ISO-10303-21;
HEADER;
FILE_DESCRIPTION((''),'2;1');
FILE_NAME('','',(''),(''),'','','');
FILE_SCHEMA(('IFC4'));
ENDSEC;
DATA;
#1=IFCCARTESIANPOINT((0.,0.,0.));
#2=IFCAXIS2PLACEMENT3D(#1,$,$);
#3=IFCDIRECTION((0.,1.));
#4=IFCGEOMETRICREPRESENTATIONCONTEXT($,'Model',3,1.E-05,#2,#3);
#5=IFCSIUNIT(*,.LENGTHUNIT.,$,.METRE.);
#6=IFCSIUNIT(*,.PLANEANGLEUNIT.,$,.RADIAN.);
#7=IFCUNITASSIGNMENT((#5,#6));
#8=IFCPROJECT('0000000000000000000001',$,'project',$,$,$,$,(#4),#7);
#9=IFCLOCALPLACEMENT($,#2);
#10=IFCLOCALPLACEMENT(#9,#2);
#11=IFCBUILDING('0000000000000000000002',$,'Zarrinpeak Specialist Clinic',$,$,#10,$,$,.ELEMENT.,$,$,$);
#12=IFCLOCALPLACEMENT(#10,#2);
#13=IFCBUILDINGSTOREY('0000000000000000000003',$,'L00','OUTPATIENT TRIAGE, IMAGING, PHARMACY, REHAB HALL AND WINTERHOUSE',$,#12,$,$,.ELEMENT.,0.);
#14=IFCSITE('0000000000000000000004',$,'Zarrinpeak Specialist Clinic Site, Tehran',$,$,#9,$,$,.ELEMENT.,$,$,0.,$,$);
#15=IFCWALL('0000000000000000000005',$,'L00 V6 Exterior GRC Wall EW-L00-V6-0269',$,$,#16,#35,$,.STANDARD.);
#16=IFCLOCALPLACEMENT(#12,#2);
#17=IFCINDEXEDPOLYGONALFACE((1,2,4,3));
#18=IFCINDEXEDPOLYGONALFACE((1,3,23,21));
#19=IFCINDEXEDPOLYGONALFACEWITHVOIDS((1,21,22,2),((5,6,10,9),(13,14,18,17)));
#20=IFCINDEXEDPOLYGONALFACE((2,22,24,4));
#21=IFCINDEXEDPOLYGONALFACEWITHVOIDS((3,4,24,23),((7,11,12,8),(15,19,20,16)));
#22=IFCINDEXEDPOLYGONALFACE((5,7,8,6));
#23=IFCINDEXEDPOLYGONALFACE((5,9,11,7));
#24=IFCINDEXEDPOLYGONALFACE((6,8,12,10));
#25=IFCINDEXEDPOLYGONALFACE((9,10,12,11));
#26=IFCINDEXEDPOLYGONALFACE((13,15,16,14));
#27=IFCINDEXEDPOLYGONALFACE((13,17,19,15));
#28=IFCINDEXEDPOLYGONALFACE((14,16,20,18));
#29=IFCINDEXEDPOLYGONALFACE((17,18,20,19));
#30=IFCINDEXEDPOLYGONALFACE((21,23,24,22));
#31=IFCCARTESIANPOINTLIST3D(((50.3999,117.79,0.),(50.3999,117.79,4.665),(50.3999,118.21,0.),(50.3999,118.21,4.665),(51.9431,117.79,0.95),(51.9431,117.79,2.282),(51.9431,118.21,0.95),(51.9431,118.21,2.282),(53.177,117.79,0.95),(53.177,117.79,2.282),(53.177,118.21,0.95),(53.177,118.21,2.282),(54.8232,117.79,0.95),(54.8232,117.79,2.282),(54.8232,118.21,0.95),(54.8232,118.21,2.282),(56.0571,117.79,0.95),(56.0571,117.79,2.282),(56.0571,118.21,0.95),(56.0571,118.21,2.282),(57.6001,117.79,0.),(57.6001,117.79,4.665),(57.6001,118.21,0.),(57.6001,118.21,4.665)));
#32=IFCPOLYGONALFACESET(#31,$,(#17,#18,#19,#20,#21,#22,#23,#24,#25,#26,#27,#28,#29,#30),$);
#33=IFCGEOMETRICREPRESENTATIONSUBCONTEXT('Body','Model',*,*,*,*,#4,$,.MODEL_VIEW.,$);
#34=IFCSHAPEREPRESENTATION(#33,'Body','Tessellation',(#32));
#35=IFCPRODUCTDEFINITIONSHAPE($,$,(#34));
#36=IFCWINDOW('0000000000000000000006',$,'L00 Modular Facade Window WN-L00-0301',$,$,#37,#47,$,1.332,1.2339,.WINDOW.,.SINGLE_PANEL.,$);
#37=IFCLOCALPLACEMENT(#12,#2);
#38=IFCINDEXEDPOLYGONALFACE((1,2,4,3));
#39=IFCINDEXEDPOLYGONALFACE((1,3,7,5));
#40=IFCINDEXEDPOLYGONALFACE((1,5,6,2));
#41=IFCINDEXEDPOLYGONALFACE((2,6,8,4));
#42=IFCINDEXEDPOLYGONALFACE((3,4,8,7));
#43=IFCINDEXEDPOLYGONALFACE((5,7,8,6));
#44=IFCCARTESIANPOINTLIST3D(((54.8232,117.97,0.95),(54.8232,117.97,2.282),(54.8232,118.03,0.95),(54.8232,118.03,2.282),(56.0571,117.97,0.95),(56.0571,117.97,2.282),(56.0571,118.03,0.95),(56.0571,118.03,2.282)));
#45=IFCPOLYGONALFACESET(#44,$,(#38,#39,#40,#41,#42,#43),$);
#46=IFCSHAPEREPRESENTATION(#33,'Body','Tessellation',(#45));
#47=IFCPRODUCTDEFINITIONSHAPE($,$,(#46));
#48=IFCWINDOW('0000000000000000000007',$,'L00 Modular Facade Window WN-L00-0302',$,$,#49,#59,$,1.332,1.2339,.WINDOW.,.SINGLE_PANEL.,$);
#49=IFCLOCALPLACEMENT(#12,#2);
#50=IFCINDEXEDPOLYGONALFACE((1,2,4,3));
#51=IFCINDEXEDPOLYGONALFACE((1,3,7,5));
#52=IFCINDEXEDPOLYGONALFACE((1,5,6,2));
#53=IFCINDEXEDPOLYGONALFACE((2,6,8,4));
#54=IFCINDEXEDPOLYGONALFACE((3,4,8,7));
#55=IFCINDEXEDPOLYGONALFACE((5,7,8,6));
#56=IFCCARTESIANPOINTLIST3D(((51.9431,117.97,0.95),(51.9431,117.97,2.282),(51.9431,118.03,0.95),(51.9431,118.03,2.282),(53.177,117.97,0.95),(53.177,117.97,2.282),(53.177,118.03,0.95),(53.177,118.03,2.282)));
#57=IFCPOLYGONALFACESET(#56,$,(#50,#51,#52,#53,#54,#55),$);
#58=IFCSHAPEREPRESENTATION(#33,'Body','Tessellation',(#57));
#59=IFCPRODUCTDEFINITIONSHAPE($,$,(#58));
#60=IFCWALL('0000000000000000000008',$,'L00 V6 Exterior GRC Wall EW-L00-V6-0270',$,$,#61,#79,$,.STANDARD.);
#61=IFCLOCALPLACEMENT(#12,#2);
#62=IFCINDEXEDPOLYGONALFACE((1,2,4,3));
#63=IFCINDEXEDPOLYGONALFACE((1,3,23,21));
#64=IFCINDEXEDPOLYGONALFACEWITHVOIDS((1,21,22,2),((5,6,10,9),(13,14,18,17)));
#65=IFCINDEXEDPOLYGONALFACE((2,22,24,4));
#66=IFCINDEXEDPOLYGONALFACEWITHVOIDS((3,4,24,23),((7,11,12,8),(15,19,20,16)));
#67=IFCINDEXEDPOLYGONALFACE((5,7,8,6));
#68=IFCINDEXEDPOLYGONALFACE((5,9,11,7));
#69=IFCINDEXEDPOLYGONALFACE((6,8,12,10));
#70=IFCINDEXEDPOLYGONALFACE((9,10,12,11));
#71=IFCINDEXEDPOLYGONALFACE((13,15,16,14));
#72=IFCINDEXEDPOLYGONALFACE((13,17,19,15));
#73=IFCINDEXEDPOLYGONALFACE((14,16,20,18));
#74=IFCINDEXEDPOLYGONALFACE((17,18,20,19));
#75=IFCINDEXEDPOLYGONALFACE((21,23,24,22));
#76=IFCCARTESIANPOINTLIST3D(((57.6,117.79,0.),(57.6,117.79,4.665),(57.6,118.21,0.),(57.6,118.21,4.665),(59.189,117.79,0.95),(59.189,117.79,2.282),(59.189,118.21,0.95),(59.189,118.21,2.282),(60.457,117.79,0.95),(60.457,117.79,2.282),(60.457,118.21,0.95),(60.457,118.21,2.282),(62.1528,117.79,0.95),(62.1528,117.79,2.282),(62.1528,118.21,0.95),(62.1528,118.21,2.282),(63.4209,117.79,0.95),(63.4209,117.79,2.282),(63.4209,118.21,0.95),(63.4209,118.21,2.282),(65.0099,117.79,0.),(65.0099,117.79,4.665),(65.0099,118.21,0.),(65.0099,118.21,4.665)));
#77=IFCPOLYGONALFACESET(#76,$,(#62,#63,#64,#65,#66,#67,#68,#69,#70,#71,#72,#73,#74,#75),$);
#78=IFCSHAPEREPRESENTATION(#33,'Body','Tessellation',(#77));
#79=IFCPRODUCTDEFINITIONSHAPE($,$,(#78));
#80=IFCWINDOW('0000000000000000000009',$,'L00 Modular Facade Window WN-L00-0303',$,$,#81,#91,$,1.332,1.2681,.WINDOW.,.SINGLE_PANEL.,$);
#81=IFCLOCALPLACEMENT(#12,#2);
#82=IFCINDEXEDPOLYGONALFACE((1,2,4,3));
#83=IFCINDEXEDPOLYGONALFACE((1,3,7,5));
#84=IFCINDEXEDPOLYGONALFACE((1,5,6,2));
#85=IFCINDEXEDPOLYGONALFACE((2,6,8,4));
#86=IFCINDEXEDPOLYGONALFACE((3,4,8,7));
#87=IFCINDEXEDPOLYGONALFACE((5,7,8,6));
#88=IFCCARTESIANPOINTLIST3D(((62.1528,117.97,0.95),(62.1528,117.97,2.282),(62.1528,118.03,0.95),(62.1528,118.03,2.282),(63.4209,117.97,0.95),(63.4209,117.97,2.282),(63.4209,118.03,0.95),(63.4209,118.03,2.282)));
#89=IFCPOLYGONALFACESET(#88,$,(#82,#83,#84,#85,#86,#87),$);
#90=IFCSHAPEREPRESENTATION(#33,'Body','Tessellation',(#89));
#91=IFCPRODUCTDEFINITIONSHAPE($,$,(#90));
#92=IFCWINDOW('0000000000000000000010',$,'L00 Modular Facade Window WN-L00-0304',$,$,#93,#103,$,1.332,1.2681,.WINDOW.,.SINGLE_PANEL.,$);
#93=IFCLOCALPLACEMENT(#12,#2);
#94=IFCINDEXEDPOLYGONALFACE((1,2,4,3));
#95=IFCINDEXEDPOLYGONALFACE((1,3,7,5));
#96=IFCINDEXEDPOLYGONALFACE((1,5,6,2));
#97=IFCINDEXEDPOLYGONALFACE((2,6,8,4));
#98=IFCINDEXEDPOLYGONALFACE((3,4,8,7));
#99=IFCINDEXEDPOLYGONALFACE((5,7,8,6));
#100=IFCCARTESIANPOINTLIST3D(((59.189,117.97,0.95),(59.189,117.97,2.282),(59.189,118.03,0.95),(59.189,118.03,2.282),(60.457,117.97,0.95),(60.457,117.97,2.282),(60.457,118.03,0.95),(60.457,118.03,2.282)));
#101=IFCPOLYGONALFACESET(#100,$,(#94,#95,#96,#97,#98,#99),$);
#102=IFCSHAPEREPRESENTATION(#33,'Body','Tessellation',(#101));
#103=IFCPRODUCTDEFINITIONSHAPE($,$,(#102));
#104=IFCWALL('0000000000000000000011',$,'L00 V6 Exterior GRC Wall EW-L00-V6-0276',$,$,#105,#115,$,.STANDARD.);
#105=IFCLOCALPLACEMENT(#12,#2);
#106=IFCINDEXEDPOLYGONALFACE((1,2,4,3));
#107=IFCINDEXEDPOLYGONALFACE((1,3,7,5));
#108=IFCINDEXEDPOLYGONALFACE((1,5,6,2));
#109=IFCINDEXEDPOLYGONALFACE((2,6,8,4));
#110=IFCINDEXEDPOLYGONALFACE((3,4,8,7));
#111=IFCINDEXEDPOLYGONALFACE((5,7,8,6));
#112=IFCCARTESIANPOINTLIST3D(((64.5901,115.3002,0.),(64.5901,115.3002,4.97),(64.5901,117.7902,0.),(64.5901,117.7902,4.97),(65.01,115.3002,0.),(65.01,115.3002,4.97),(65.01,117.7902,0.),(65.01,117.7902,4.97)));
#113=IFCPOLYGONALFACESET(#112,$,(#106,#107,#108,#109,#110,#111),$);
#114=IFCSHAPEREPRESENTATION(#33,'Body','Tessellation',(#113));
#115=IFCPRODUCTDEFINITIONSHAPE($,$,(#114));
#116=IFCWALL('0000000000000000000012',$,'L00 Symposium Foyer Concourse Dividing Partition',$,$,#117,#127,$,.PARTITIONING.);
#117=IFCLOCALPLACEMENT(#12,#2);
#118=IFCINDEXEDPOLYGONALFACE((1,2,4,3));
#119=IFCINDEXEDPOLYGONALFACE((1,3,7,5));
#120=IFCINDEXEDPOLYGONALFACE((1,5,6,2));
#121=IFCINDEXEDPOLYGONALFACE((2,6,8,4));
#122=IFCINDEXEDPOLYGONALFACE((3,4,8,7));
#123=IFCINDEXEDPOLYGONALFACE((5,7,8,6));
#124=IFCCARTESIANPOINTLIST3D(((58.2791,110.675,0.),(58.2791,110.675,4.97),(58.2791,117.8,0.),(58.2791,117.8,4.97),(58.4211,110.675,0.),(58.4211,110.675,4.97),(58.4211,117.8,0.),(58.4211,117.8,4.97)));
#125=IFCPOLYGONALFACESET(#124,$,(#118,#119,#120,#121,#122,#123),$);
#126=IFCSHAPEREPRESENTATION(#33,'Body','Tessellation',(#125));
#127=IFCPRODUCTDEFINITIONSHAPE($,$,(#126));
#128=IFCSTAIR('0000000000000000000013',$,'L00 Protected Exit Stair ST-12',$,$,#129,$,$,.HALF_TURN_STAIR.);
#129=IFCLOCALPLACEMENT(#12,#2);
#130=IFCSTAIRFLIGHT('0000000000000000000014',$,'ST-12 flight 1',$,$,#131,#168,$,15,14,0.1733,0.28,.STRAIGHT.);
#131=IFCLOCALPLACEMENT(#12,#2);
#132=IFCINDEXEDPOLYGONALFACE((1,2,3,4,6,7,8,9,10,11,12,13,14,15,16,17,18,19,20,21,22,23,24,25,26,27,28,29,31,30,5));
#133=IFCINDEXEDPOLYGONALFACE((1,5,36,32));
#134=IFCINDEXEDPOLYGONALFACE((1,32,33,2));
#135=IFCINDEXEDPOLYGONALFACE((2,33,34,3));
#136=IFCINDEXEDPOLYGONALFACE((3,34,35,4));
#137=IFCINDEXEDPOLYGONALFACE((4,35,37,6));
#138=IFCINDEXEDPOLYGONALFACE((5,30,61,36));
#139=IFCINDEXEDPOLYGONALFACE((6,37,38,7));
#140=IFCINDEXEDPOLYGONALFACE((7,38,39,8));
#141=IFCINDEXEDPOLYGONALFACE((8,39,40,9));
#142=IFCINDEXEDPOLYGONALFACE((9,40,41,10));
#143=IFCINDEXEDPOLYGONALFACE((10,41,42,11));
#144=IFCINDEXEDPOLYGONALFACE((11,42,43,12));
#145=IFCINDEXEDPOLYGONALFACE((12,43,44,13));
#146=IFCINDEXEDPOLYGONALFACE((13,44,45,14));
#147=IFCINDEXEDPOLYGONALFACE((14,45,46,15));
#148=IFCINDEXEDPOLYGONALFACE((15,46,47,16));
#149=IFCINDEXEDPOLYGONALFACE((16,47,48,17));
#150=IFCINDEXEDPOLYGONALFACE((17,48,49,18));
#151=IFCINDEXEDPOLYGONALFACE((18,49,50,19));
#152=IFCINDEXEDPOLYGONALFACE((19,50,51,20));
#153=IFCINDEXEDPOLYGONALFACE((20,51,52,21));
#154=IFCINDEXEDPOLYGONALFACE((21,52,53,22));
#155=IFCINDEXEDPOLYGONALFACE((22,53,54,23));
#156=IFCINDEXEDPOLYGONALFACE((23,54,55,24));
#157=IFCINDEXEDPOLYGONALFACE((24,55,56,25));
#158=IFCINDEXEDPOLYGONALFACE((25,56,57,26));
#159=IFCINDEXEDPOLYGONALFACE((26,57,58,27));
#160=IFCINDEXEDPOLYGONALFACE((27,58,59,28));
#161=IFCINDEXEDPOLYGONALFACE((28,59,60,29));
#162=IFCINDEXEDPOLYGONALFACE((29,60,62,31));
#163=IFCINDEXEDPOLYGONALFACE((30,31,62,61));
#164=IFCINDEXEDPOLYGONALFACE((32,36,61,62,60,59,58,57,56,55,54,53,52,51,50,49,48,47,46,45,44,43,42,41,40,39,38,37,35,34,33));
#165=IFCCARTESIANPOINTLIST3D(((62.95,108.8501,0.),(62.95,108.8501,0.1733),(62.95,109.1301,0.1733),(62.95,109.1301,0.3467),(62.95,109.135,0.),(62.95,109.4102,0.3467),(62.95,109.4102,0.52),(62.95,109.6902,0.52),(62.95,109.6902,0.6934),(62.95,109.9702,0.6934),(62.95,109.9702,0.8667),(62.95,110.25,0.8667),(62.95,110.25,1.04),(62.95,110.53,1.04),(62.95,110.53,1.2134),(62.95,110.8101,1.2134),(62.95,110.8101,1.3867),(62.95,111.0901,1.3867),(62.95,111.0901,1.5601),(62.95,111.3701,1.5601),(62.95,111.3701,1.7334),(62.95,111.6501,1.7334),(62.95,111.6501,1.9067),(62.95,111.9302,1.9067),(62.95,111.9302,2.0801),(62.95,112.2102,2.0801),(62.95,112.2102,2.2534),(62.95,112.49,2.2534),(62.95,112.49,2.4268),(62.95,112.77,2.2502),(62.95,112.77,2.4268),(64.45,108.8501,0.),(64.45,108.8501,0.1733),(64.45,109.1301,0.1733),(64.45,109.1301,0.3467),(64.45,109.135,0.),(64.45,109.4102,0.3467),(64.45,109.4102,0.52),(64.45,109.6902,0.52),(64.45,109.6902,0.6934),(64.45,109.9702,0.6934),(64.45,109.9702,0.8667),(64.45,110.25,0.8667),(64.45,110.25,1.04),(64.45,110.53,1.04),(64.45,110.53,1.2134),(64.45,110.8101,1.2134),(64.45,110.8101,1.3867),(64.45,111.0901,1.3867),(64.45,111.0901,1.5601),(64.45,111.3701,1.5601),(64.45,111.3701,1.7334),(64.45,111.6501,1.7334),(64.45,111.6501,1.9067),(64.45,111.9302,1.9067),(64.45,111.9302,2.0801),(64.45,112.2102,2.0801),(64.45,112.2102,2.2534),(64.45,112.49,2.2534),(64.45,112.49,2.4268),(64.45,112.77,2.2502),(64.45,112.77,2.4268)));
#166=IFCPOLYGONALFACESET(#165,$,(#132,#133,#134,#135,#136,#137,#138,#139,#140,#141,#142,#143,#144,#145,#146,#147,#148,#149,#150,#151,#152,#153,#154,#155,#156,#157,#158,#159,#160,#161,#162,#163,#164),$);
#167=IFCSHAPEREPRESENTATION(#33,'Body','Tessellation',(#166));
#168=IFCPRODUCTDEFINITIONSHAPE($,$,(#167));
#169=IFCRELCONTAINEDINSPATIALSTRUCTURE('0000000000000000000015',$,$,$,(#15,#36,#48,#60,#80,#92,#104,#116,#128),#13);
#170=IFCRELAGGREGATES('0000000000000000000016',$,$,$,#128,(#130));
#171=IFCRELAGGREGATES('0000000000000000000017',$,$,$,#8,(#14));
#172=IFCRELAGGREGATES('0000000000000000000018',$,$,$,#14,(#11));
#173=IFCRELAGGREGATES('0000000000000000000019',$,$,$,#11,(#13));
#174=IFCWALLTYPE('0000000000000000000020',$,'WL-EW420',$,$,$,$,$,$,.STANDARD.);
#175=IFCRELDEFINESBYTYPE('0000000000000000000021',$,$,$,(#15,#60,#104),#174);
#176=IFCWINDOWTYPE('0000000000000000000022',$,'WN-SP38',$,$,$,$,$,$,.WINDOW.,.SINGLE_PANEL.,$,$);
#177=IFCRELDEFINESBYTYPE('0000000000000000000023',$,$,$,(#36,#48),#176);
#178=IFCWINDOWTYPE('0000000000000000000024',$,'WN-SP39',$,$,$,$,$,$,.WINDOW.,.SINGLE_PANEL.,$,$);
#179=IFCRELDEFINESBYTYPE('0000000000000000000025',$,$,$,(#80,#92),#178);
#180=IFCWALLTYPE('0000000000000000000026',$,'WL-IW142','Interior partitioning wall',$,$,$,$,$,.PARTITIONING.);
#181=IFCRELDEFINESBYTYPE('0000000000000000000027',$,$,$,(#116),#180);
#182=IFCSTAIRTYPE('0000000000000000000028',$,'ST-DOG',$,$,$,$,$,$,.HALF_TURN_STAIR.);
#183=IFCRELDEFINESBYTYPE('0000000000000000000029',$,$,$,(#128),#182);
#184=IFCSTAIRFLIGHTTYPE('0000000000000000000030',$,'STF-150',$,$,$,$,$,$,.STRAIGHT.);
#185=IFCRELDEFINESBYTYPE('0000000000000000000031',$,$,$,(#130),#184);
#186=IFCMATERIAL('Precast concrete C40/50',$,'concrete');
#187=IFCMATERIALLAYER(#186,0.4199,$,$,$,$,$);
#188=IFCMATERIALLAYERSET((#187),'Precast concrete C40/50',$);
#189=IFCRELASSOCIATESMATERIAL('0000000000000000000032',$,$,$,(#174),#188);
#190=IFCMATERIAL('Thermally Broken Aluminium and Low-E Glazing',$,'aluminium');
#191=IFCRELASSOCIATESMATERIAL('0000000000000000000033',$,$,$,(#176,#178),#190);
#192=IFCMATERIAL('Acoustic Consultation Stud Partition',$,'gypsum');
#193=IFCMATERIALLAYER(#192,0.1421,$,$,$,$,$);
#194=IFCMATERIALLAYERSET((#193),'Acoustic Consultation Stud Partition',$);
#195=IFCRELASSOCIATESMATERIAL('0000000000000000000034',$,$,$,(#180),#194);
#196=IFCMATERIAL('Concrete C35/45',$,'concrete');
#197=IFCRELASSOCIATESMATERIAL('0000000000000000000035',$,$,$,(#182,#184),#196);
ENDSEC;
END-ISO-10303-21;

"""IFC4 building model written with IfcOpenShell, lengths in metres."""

from ifc_helpers import new_model, si_unit, direction, frame, frame_2d, origin, place, context, subcontext, project, spatial, polyline, rectangle, outline, extrude, material, layer, layer_set, type_object, element, fill, aggregate, save


model = new_model("IFC4")

# Units and contexts
model_context = context("Model", 3, precision=1e-05, world=origin(), true_north=direction((0.0, 1.0)))
body_context = subcontext(model_context, "Body", "Model", "MODEL_VIEW")
ifc_project = project(units=[si_unit("LENGTHUNIT", "METRE"), si_unit("PLANEANGLEUNIT", "RADIAN")], contexts=[model_context])

# Site, building, storey
site_placement = place(None, origin())
site = spatial("IfcSite", under=ifc_project, at=site_placement, Name="Zarrinpeak Specialist Clinic Site, Tehran", CompositionType="ELEMENT", RefElevation=0.0)
building_placement = place(site_placement, origin())
building = spatial("IfcBuilding", under=site, at=building_placement, Name="Zarrinpeak Specialist Clinic", CompositionType="ELEMENT")
storey_placement = place(building_placement, origin())
storey = spatial("IfcBuildingStorey", under=building, at=storey_placement, Name="L00", Description="OUTPATIENT TRIAGE, IMAGING, PHARMACY, REHAB HALL AND WINTERHOUSE", CompositionType="ELEMENT", Elevation=0.0)

# Walls, openings, windows
ifc_material_1 = material(Name="Precast concrete C40/50", Category="concrete")
ifc_layer_1 = layer(ifc_material_1, 0.4199)
ifc_layer_set_1 = layer_set([ifc_layer_1], Name="Precast concrete C40/50")
wall_type_1 = type_object("IfcWallType", Name="WL-EW420", PredefinedType="STANDARD", material=ifc_layer_set_1)
wall_1_placement = place(storey_placement, frame((57.6001, 118.0, 0.0), z_axis=(0.0, 0.0, 1.0), x_axis=(-1.0, 0.0, 0.0)))
wall_1 = element("IfcWall", 1, at=wall_1_placement, inside=storey, type_object=wall_type_1, Name="L00 V6 Exterior GRC Wall EW-L00-V6-0269", PredefinedType="STANDARD", context=body_context, shape_type="SweptSolid", body=[
    extrude(rectangle(XDim=7.2002, YDim=0.4199, at=frame_2d((3.6001, 0.0))), origin(), (0.0, 0.0, 1.0), 4.665),
])
opening_1_placement = place(wall_1_placement, frame((1.543, 0.0, 0.95)))
opening_1 = element("IfcOpeningElement", 2, at=opening_1_placement, cuts=wall_1, PredefinedType="OPENING", context=body_context, shape_type="SweptSolid", body=[
    extrude(rectangle(XDim=1.2339, YDim=1.332, at=frame_2d((0.6169, 0.666))), frame((0.0, 0.22, 0.0), z_axis=(0.0, -1.0, 0.0), x_axis=(1.0, 0.0, 0.0)), (0.0, 0.0, 1.0), 0.4399),
])
opening_2_placement = place(wall_1_placement, frame((4.4231, 0.0, 0.95)))
opening_2 = element("IfcOpeningElement", 3, at=opening_2_placement, cuts=wall_1, PredefinedType="OPENING", context=body_context, shape_type="SweptSolid", body=[
    extrude(rectangle(XDim=1.2339, YDim=1.332, at=frame_2d((0.6169, 0.666))), frame((0.0, 0.22, 0.0), z_axis=(0.0, -1.0, 0.0), x_axis=(1.0, 0.0, 0.0)), (0.0, 0.0, 1.0), 0.4399),
])
ifc_material_2 = material(Name="Thermally Broken Aluminium and Low-E Glazing", Category="aluminium")
window_type_1 = type_object("IfcWindowType", Name="WN-SP38", PartitioningType="SINGLE_PANEL", PredefinedType="WINDOW", material=ifc_material_2)
window_1_placement = place(opening_1_placement, origin())
window_1 = element("IfcWindow", 4, at=window_1_placement, inside=storey, type_object=window_type_1, Name="L00 Modular Facade Window WN-L00-0301", OverallHeight=1.332, OverallWidth=1.2339, PartitioningType="SINGLE_PANEL", PredefinedType="WINDOW", context=body_context, shape_type="SweptSolid", body=[
    extrude(rectangle(XDim=1.2339, YDim=1.332, at=frame_2d((0.6169, 0.666))), frame((0.0, 0.03, 0.0), z_axis=(0.0, -1.0, 0.0), x_axis=(1.0, 0.0, 0.0)), (0.0, 0.0, 1.0), 0.0601),
])
fill(opening_1, window_1)
window_2_placement = place(opening_2_placement, origin())
window_2 = element("IfcWindow", 5, at=window_2_placement, inside=storey, type_object=window_type_1, Name="L00 Modular Facade Window WN-L00-0302", OverallHeight=1.332, OverallWidth=1.2339, PartitioningType="SINGLE_PANEL", PredefinedType="WINDOW", context=body_context, shape_type="SweptSolid", body=[
    extrude(rectangle(XDim=1.2339, YDim=1.332, at=frame_2d((0.6169, 0.666))), frame((0.0, 0.03, 0.0), z_axis=(0.0, -1.0, 0.0), x_axis=(1.0, 0.0, 0.0)), (0.0, 0.0, 1.0), 0.0601),
])
fill(opening_2, window_2)
wall_2_placement = place(storey_placement, frame((65.01, 118.0, 0.0), z_axis=(0.0, 0.0, 1.0), x_axis=(-1.0, 0.0, 0.0)))
wall_2 = element("IfcWall", 6, at=wall_2_placement, inside=storey, type_object=wall_type_1, Name="L00 V6 Exterior GRC Wall EW-L00-V6-0270", PredefinedType="STANDARD", context=body_context, shape_type="SweptSolid", body=[
    extrude(rectangle(XDim=7.4099, YDim=0.4199, at=frame_2d((3.7051, 0.0))), origin(), (0.0, 0.0, 1.0), 4.665),
])
opening_3_placement = place(wall_2_placement, frame((1.5891, 0.0, 0.95)))
opening_3 = element("IfcOpeningElement", 7, at=opening_3_placement, cuts=wall_2, PredefinedType="OPENING", context=body_context, shape_type="SweptSolid", body=[
    extrude(rectangle(XDim=1.2681, YDim=1.332, at=frame_2d((0.634, 0.666))), frame((0.0, 0.22, 0.0), z_axis=(0.0, -1.0, 0.0), x_axis=(1.0, 0.0, 0.0)), (0.0, 0.0, 1.0), 0.4399),
])
opening_4_placement = place(wall_2_placement, frame((4.553, 0.0, 0.95)))
opening_4 = element("IfcOpeningElement", 8, at=opening_4_placement, cuts=wall_2, PredefinedType="OPENING", context=body_context, shape_type="SweptSolid", body=[
    extrude(rectangle(XDim=1.2681, YDim=1.332, at=frame_2d((0.634, 0.666))), frame((0.0, 0.22, 0.0), z_axis=(0.0, -1.0, 0.0), x_axis=(1.0, 0.0, 0.0)), (0.0, 0.0, 1.0), 0.4399),
])
window_type_2 = type_object("IfcWindowType", Name="WN-SP39", PartitioningType="SINGLE_PANEL", PredefinedType="WINDOW", material=ifc_material_2)
window_3_placement = place(opening_3_placement, origin())
window_3 = element("IfcWindow", 9, at=window_3_placement, inside=storey, type_object=window_type_2, Name="L00 Modular Facade Window WN-L00-0303", OverallHeight=1.332, OverallWidth=1.2681, PartitioningType="SINGLE_PANEL", PredefinedType="WINDOW", context=body_context, shape_type="SweptSolid", body=[
    extrude(rectangle(XDim=1.2681, YDim=1.332, at=frame_2d((0.634, 0.666))), frame((0.0, 0.03, 0.0), z_axis=(0.0, -1.0, 0.0), x_axis=(1.0, 0.0, 0.0)), (0.0, 0.0, 1.0), 0.0601),
])
fill(opening_3, window_3)
window_4_placement = place(opening_4_placement, origin())
window_4 = element("IfcWindow", 10, at=window_4_placement, inside=storey, type_object=window_type_2, Name="L00 Modular Facade Window WN-L00-0304", OverallHeight=1.332, OverallWidth=1.2681, PartitioningType="SINGLE_PANEL", PredefinedType="WINDOW", context=body_context, shape_type="SweptSolid", body=[
    extrude(rectangle(XDim=1.2681, YDim=1.332, at=frame_2d((0.634, 0.666))), frame((0.0, 0.03, 0.0), z_axis=(0.0, -1.0, 0.0), x_axis=(1.0, 0.0, 0.0)), (0.0, 0.0, 1.0), 0.0601),
])
fill(opening_4, window_4)

# Walls
wall_3_placement = place(storey_placement, frame((64.8, 115.3, 0.0), z_axis=(0.0, 0.0, 1.0), x_axis=(0.0, 1.0, 0.0)))
element("IfcWall", 11, at=wall_3_placement, inside=storey, type_object=wall_type_1, Name="L00 V6 Exterior GRC Wall EW-L00-V6-0276", PredefinedType="STANDARD", context=body_context, shape_type="SweptSolid", body=[
    extrude(rectangle(XDim=2.49, YDim=0.4199, at=frame_2d((1.2451, 0.0))), origin(), (0.0, 0.0, 1.0), 4.97),
])
ifc_material_3 = material(Name="Acoustic Consultation Stud Partition", Category="gypsum")
ifc_layer_2 = layer(ifc_material_3, 0.1421)
ifc_layer_set_2 = layer_set([ifc_layer_2], Name="Acoustic Consultation Stud Partition")
wall_type_2 = type_object("IfcWallType", Name="WL-IW142", Description="Interior partitioning wall", PredefinedType="PARTITIONING", material=ifc_layer_set_2)
wall_4_placement = place(storey_placement, frame((58.3501, 110.675, 0.0), z_axis=(0.0, 0.0, 1.0), x_axis=(0.0, 1.0, 0.0)))
element("IfcWall", 12, at=wall_4_placement, inside=storey, type_object=wall_type_2, Name="L00 Symposium Foyer Concourse Dividing Partition", PredefinedType="PARTITIONING", context=body_context, shape_type="SweptSolid", body=[
    extrude(rectangle(XDim=7.125, YDim=0.1421, at=frame_2d((3.5625, 0.0))), origin(), (0.0, 0.0, 1.0), 4.97),
])

# Stair, stair flight
ifc_material_4 = material(Name="Concrete C35/45", Category="concrete")
stair_type = type_object("IfcStairType", Name="ST-DOG", PredefinedType="HALF_TURN_STAIR", material=ifc_material_4)
stair_placement = place(storey_placement, origin())
stair = element("IfcStair", 13, at=stair_placement, inside=storey, type_object=stair_type, Name="L00 Protected Exit Stair ST-12", PredefinedType="HALF_TURN_STAIR")
stair_flight_type = type_object("IfcStairFlightType", Name="STF-150", PredefinedType="STRAIGHT", material=ifc_material_4)
stair_flight_1_placement = place(storey_placement, frame((63.7, 108.8501, 0.0), z_axis=(0.0, 0.0, 1.0), x_axis=(0.0, 1.0, 0.0)))
stair_flight_1 = element("IfcStairFlight", 14, at=stair_flight_1_placement, type_object=stair_flight_type, Name="ST-12 flight 1", NumberOfRisers=15, NumberOfTreads=14, PredefinedType="STRAIGHT", RiserHeight=0.1733, TreadLength=0.28, context=body_context, shape_type="SweptSolid", body=[
    extrude(outline(polyline([(0.0, 0.0), (0.0, 0.1733), (0.28, 0.1733), (0.28, 0.3467), (0.5601, 0.3467), (0.5601, 0.52), (0.8401, 0.52), (0.8401, 0.6934), (1.1201, 0.6934), (1.1201, 0.8667), (1.3999, 0.8667), (1.3999, 1.04), (1.6799, 1.04), (1.6799, 1.2134), (1.96, 1.2134), (1.96, 1.3867), (2.24, 1.3867), (2.24, 1.5601), (2.52, 1.5601), (2.52, 1.7334), (2.8, 1.7334), (2.8, 1.9067), (3.0801, 1.9067), (3.0801, 2.0801), (3.3601, 2.0801), (3.3601, 2.2534), (3.6399, 2.2534), (3.6399, 2.4268), (3.9199, 2.4268), (3.9199, 2.6001), (3.9199, 2.2502), (0.2849, 0.0), (0.0, 0.0)])), frame((0.0, 0.75, 0.0), z_axis=(0.0, -1.0, 0.0), x_axis=(1.0, 0.0, 0.0)), (0.0, 0.0, 1.0), 1.5),
])
aggregate(stair, [stair_flight_1])

save(model, "model.ifc")
